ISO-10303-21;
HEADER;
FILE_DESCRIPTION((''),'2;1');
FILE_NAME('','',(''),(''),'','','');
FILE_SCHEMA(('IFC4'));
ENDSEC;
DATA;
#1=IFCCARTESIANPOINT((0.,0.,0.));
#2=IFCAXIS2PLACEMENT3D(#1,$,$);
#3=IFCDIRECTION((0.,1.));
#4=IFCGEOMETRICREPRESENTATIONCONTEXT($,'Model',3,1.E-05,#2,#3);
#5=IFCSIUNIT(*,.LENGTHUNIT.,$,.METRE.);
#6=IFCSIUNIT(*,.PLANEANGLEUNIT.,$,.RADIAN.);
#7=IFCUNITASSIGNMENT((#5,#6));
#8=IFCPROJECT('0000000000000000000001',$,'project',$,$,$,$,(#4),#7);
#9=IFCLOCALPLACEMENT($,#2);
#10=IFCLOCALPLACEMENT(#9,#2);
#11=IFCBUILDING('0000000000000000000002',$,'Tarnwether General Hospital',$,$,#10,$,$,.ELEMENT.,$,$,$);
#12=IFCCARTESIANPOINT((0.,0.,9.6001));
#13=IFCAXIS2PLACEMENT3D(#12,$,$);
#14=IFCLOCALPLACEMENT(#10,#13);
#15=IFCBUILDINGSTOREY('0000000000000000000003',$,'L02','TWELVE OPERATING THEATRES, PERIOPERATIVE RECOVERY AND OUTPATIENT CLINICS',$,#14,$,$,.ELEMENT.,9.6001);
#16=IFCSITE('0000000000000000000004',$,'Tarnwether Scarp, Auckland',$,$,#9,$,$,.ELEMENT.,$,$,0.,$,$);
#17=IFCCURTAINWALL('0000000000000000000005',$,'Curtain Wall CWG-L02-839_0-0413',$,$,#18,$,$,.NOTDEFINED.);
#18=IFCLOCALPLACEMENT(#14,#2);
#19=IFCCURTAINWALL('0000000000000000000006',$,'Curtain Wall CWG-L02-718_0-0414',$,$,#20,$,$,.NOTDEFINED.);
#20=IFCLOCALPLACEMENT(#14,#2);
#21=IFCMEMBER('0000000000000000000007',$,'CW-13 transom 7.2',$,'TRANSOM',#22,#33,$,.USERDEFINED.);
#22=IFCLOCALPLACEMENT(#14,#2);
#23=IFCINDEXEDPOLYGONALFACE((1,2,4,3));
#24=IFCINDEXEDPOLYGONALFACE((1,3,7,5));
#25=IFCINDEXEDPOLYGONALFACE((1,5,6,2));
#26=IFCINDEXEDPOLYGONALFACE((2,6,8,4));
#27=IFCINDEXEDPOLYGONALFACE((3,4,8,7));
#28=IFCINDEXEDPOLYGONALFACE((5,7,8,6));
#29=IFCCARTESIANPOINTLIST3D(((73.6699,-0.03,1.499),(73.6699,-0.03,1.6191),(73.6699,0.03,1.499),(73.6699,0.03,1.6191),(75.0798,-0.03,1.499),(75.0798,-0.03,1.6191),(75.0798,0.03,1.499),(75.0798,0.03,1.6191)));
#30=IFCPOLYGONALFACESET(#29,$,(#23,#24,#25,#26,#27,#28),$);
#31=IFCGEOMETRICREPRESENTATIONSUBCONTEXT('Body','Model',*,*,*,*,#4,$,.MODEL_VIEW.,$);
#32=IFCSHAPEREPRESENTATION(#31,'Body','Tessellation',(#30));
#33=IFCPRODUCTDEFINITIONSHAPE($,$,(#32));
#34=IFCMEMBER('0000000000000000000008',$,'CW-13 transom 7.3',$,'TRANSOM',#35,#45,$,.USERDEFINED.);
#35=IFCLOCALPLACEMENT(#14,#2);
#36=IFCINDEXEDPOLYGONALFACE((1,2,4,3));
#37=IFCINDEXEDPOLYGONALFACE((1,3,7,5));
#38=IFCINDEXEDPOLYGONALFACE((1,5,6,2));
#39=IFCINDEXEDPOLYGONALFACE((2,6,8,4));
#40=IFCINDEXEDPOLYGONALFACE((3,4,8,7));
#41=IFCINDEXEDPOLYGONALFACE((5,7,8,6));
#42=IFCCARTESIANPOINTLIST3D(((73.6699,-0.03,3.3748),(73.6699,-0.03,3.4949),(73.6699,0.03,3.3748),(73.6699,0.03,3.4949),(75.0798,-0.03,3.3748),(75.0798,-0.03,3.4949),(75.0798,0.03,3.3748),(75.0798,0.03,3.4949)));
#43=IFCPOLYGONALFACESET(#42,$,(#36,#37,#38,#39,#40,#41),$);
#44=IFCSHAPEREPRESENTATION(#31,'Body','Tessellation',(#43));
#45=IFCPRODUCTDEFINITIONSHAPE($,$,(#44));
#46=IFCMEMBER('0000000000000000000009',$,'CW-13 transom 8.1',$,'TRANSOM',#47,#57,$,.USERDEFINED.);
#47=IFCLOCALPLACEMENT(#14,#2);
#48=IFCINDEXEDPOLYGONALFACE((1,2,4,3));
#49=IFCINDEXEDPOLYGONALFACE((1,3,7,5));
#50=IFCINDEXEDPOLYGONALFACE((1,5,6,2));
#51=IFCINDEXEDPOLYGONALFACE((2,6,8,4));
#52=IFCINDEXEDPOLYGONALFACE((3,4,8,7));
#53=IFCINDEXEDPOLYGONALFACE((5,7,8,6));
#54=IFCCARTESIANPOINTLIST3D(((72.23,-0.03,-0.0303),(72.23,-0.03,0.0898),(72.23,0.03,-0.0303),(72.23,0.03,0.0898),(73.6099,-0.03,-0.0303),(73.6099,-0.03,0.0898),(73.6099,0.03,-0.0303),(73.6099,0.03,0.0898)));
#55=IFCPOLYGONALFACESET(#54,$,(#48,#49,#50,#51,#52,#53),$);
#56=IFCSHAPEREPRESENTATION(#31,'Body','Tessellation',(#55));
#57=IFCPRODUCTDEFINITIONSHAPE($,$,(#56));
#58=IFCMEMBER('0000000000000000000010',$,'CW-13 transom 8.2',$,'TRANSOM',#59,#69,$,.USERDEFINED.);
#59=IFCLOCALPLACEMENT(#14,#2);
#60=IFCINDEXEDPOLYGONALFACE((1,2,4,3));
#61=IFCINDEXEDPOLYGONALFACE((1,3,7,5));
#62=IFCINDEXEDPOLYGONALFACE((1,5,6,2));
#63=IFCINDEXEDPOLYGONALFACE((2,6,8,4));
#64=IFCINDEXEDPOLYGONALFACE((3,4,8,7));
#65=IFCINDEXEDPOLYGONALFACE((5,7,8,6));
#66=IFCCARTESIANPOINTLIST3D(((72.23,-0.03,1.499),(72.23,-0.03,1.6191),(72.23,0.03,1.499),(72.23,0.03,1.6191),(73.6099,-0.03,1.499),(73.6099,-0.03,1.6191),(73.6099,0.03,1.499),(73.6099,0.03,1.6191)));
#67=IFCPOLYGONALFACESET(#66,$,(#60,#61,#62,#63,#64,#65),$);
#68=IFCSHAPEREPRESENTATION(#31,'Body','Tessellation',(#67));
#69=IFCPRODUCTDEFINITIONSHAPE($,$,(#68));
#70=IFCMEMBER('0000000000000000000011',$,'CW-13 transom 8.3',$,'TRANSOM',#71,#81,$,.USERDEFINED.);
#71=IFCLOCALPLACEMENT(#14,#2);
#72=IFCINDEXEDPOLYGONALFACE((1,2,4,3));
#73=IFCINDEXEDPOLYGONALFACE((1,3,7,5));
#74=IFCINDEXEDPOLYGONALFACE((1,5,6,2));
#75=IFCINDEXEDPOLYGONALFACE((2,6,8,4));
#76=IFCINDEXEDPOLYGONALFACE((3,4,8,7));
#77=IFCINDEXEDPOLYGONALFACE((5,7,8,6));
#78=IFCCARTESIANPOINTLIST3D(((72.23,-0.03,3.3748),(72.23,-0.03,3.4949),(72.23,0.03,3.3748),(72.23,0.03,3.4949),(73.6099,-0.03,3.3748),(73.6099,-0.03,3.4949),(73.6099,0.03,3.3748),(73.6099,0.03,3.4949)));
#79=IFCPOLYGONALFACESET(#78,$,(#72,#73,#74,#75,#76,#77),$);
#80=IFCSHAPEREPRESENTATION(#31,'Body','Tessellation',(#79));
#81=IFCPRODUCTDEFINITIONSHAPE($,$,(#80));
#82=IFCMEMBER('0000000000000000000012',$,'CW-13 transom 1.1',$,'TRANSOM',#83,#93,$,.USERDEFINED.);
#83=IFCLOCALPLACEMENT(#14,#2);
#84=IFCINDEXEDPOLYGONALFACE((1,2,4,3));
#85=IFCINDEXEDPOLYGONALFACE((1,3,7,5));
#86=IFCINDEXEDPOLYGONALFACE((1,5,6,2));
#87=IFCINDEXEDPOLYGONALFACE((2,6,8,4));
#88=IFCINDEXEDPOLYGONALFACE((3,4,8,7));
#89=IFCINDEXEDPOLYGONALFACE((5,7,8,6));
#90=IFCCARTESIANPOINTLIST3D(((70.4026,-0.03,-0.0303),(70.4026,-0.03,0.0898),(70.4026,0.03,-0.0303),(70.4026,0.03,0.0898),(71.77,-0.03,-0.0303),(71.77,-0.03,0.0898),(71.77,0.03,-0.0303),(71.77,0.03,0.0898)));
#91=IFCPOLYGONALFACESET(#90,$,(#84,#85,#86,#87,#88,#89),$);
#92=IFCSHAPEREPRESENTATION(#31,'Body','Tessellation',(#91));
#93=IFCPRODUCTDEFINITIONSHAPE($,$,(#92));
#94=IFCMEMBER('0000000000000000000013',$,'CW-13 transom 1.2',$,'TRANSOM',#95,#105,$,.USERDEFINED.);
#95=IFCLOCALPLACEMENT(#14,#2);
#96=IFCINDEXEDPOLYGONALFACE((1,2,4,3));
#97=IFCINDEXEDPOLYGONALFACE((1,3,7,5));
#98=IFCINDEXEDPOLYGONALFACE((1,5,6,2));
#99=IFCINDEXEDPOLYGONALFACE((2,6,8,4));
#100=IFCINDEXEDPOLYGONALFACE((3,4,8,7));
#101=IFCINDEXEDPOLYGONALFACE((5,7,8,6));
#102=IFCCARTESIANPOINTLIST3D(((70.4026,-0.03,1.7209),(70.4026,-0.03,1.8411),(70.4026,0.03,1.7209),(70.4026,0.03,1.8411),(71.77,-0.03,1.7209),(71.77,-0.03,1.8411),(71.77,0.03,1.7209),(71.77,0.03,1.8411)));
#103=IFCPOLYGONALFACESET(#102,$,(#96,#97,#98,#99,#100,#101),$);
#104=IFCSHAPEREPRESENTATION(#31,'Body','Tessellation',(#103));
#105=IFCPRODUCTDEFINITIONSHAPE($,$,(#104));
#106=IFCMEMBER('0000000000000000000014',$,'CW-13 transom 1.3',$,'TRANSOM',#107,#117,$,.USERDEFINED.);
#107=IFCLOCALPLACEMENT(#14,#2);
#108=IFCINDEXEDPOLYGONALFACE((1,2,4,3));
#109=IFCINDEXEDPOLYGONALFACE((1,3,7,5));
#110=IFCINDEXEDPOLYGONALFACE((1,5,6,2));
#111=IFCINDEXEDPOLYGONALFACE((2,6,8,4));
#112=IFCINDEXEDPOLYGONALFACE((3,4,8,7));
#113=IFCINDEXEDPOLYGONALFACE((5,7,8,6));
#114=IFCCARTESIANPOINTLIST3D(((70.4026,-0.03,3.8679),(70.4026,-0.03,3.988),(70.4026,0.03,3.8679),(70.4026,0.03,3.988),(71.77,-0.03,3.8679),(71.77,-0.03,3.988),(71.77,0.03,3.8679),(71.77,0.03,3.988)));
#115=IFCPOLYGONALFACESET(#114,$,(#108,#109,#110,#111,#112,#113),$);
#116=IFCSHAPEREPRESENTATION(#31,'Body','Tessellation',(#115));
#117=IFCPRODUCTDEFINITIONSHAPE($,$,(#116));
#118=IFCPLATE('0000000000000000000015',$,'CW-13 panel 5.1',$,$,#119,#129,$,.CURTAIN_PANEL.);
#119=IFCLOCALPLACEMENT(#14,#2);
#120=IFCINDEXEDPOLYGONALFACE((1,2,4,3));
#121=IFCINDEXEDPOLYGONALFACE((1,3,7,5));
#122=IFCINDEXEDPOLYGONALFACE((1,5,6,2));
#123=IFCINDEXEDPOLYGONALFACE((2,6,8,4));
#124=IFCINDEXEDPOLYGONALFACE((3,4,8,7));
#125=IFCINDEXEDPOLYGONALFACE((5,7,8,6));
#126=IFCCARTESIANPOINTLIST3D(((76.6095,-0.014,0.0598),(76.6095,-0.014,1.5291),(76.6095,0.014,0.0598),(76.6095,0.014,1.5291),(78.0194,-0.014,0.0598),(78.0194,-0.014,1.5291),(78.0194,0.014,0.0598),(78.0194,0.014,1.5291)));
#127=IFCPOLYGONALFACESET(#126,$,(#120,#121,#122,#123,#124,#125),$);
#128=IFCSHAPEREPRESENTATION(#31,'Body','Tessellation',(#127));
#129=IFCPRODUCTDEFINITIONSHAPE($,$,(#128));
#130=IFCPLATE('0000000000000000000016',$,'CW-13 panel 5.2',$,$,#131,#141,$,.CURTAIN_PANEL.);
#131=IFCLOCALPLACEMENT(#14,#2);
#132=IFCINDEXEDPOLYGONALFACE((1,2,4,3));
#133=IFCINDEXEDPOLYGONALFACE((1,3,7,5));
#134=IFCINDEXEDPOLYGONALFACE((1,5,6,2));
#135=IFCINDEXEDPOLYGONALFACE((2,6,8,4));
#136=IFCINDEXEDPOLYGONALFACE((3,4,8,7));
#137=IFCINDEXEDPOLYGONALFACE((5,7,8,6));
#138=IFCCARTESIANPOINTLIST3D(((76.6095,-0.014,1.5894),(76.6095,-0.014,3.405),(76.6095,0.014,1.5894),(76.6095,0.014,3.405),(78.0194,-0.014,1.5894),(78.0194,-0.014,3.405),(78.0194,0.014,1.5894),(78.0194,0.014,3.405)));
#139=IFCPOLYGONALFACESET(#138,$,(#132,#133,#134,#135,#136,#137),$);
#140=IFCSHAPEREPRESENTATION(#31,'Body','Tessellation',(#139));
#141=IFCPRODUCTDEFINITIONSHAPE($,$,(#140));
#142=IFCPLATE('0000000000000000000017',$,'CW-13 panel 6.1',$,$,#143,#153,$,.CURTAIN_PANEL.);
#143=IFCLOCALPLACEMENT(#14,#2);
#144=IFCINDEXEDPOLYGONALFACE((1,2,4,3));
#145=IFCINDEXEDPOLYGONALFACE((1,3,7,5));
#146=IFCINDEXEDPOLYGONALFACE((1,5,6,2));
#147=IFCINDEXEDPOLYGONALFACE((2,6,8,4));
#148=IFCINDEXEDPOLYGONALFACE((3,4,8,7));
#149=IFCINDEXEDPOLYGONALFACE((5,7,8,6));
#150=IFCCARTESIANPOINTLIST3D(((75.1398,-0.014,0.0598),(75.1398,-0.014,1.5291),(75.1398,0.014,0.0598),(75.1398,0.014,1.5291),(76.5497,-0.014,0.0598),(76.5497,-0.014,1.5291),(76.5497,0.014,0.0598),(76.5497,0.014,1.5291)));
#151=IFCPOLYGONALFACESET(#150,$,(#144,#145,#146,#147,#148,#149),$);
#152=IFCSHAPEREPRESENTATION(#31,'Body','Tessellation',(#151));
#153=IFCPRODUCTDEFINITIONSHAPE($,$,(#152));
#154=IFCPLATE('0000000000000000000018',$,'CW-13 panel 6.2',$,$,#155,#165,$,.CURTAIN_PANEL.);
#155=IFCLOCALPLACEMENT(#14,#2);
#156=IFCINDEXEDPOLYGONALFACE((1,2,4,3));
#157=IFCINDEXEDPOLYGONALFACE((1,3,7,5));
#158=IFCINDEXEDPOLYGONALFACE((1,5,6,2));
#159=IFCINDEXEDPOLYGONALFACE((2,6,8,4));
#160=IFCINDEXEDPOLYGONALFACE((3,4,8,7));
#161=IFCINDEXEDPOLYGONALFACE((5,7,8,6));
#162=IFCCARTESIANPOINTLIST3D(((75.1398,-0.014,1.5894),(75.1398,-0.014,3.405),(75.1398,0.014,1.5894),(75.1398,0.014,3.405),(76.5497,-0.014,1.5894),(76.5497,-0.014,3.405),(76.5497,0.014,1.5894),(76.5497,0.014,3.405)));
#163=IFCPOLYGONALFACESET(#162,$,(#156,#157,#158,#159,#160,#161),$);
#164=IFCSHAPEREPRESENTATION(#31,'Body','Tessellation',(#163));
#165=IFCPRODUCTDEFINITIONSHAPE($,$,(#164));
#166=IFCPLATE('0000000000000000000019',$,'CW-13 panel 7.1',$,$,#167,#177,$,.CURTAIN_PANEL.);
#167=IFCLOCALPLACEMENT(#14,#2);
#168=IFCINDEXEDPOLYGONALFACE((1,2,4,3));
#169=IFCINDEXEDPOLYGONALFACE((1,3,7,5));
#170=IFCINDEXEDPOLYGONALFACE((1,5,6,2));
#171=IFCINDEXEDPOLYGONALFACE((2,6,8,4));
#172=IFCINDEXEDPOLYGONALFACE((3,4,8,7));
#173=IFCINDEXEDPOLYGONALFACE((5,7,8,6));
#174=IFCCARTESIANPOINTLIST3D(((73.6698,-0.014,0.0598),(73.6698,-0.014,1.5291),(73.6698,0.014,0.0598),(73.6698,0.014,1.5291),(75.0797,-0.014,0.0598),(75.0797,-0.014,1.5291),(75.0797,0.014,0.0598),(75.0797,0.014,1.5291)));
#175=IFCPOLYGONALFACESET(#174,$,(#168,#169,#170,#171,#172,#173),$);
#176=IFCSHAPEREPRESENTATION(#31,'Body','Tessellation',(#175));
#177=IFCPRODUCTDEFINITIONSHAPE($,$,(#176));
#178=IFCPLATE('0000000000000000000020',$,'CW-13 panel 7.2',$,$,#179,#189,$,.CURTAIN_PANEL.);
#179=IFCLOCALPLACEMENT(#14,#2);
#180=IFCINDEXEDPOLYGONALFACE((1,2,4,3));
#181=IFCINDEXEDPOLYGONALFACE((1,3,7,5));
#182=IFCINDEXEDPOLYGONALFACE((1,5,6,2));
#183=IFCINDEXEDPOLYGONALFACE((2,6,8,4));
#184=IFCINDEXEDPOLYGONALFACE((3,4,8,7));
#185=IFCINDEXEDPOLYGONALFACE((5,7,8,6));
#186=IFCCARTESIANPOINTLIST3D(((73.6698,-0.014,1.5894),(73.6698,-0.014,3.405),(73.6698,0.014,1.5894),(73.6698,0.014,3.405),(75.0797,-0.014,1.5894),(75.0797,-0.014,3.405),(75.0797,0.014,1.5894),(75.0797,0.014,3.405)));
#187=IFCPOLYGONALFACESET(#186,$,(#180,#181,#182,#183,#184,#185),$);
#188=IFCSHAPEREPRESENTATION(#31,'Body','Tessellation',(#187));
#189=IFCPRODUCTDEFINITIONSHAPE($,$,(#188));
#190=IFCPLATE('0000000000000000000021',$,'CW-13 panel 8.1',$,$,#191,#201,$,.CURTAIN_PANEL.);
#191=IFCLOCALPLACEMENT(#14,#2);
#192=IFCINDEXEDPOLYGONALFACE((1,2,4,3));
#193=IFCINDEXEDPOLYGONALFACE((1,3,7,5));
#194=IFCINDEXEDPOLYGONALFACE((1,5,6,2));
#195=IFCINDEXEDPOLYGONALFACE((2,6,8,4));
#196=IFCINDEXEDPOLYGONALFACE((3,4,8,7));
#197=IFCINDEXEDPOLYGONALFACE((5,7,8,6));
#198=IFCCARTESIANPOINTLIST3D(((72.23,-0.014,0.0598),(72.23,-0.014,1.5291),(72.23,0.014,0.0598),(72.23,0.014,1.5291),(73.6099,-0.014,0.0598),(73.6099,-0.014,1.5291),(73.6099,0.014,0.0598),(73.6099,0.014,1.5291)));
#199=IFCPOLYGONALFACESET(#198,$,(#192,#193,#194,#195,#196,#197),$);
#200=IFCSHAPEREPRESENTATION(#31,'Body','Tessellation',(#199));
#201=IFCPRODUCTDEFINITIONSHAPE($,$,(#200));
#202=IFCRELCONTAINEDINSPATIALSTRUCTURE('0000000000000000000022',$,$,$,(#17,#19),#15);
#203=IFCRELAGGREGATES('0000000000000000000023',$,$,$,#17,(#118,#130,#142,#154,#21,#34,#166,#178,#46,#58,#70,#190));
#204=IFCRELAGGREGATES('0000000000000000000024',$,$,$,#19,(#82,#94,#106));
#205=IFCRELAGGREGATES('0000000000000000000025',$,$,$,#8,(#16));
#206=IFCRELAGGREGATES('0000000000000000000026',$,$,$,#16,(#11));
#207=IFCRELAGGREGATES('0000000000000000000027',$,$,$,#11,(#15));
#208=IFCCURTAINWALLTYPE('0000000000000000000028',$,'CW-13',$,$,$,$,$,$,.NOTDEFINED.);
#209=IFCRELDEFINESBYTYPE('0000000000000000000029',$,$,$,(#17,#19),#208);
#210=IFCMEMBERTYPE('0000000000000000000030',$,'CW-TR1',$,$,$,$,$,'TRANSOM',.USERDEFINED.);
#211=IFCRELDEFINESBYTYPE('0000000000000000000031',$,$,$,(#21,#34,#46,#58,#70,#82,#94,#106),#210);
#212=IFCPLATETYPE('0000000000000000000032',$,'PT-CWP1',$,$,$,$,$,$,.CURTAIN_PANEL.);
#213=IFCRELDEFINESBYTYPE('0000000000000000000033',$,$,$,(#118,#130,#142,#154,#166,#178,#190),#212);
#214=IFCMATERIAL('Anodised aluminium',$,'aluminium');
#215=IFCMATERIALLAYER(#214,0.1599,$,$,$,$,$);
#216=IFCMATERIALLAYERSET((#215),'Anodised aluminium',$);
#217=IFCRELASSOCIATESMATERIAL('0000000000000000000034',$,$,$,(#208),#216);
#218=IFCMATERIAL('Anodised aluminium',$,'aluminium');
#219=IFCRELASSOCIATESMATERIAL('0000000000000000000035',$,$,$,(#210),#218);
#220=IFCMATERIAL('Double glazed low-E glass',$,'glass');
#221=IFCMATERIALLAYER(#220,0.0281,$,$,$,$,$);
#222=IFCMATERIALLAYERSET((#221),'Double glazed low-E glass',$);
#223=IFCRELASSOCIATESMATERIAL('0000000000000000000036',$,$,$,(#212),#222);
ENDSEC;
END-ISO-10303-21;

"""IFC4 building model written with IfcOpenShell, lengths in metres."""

from ifc_helpers import new_model, si_unit, direction, frame, origin, origin_2d, place, context, subcontext, project, spatial, rectangle, extrude, material, layer, layer_set, material_profile, profile_set, type_object, element, aggregate, save


model = new_model("IFC4")

# Units and contexts
model_context = context("Model", 3, precision=1e-05, world=origin(), true_north=direction((0.0, 1.0)))
body_context = subcontext(model_context, "Body", "Model", "MODEL_VIEW")
ifc_project = project(units=[si_unit("LENGTHUNIT", "METRE"), si_unit("PLANEANGLEUNIT", "RADIAN")], contexts=[model_context])

# Site, building, storey
site_placement = place(None, origin())
site = spatial("IfcSite", under=ifc_project, at=site_placement, Name="Tarnwether Scarp, Auckland", CompositionType="ELEMENT", RefElevation=0.0)
building_placement = place(site_placement, origin())
building = spatial("IfcBuilding", under=site, at=building_placement, Name="Tarnwether General Hospital", CompositionType="ELEMENT")
storey_placement = place(building_placement, frame((0.0, 0.0, 9.6001)))
storey = spatial("IfcBuildingStorey", under=building, at=storey_placement, Name="L02", Description="TWELVE OPERATING THEATRES, PERIOPERATIVE RECOVERY AND OUTPATIENT CLINICS", CompositionType="ELEMENT", Elevation=9.6001)

# Curtain wall
ifc_material_1 = material(Name="Anodised aluminium", Category="aluminium")
ifc_layer_1 = layer(ifc_material_1, 0.1599)
ifc_layer_set_1 = layer_set([ifc_layer_1], Name="Anodised aluminium")
curtain_wall_type = type_object("IfcCurtainWallType", Name="CW-13", PredefinedType="NOTDEFINED", material=ifc_layer_set_1)
curtain_wall_1_placement = place(storey_placement, origin())
curtain_wall_1 = element("IfcCurtainWall", 1, at=curtain_wall_1_placement, inside=storey, type_object=curtain_wall_type, Name="Curtain Wall CWG-L02-839_0-0413", PredefinedType="NOTDEFINED")

# Curtain wall
curtain_wall_2_placement = place(storey_placement, origin())
curtain_wall_2 = element("IfcCurtainWall", 2, at=curtain_wall_2_placement, inside=storey, type_object=curtain_wall_type, Name="Curtain Wall CWG-L02-718_0-0414", PredefinedType="NOTDEFINED")

# Members
ifc_material_2 = material(Name="Anodised aluminium", Category="aluminium")
ifc_material_profile_1 = material_profile(ifc_material_2, rectangle(XDim=0.0601, YDim=0.1201, at=origin_2d()), Name="ALU-TRN-60x120")
ifc_profile_set_1 = profile_set([ifc_material_profile_1], Name="Anodised aluminium")
member_type_1 = type_object("IfcMemberType", Name="CW-TR1", ElementType="TRANSOM", PredefinedType="USERDEFINED", material=ifc_profile_set_1)
member_1_placement = place(storey_placement, frame((75.0798, 0.0, 1.5591), z_axis=(-1.0, 0.0, 0.0), x_axis=(0.0, -1.0, 0.0)))
member_1 = element("IfcMember", 3, at=member_1_placement, type_object=member_type_1, Name="CW-13 transom 7.2", ObjectType="TRANSOM", PredefinedType="USERDEFINED", context=body_context, shape_type="SweptSolid", body=[
    extrude(rectangle(XDim=0.0601, YDim=0.1201, at=origin_2d()), origin(), (0.0, 0.0, 1.0), 1.4099),
])
member_2_placement = place(storey_placement, frame((75.0798, 0.0, 3.4348), z_axis=(-1.0, 0.0, 0.0), x_axis=(0.0, -1.0, 0.0)))
member_2 = element("IfcMember", 4, at=member_2_placement, type_object=member_type_1, Name="CW-13 transom 7.3", ObjectType="TRANSOM", PredefinedType="USERDEFINED", context=body_context, shape_type="SweptSolid", body=[
    extrude(rectangle(XDim=0.0601, YDim=0.1201, at=origin_2d()), origin(), (0.0, 0.0, 1.0), 1.4099),
])
member_3_placement = place(storey_placement, frame((73.6099, 0.0, 0.0298), z_axis=(-1.0, 0.0, 0.0), x_axis=(0.0, -1.0, 0.0)))
member_3 = element("IfcMember", 5, at=member_3_placement, type_object=member_type_1, Name="CW-13 transom 8.1", ObjectType="TRANSOM", PredefinedType="USERDEFINED", context=body_context, shape_type="SweptSolid", body=[
    extrude(rectangle(XDim=0.0601, YDim=0.1201, at=origin_2d()), origin(), (0.0, 0.0, 1.0), 1.3799),
])
member_4_placement = place(storey_placement, frame((73.6099, 0.0, 1.5591), z_axis=(-1.0, 0.0, 0.0), x_axis=(0.0, -1.0, 0.0)))
member_4 = element("IfcMember", 6, at=member_4_placement, type_object=member_type_1, Name="CW-13 transom 8.2", ObjectType="TRANSOM", PredefinedType="USERDEFINED", context=body_context, shape_type="SweptSolid", body=[
    extrude(rectangle(XDim=0.0601, YDim=0.1201, at=origin_2d()), origin(), (0.0, 0.0, 1.0), 1.3799),
])
member_5_placement = place(storey_placement, frame((73.6099, 0.0, 3.4348), z_axis=(-1.0, 0.0, 0.0), x_axis=(0.0, -1.0, 0.0)))
member_5 = element("IfcMember", 7, at=member_5_placement, type_object=member_type_1, Name="CW-13 transom 8.3", ObjectType="TRANSOM", PredefinedType="USERDEFINED", context=body_context, shape_type="SweptSolid", body=[
    extrude(rectangle(XDim=0.0601, YDim=0.1201, at=origin_2d()), origin(), (0.0, 0.0, 1.0), 1.3799),
])
member_6_placement = place(storey_placement, frame((71.77, 0.0, 0.0298), z_axis=(-1.0, 0.0, 0.0), x_axis=(0.0, -1.0, 0.0)))
member_6 = element("IfcMember", 8, at=member_6_placement, type_object=member_type_1, Name="CW-13 transom 1.1", ObjectType="TRANSOM", PredefinedType="USERDEFINED", context=body_context, shape_type="SweptSolid", body=[
    extrude(rectangle(XDim=0.0601, YDim=0.1201, at=origin_2d()), origin(), (0.0, 0.0, 1.0), 1.3674),
])
member_7_placement = place(storey_placement, frame((71.77, 0.0, 1.781), z_axis=(-1.0, 0.0, 0.0), x_axis=(0.0, -1.0, 0.0)))
member_7 = element("IfcMember", 9, at=member_7_placement, type_object=member_type_1, Name="CW-13 transom 1.2", ObjectType="TRANSOM", PredefinedType="USERDEFINED", context=body_context, shape_type="SweptSolid", body=[
    extrude(rectangle(XDim=0.0601, YDim=0.1201, at=origin_2d()), origin(), (0.0, 0.0, 1.0), 1.3674),
])
member_8_placement = place(storey_placement, frame((71.77, 0.0, 3.928), z_axis=(-1.0, 0.0, 0.0), x_axis=(0.0, -1.0, 0.0)))
member_8 = element("IfcMember", 10, at=member_8_placement, type_object=member_type_1, Name="CW-13 transom 1.3", ObjectType="TRANSOM", PredefinedType="USERDEFINED", context=body_context, shape_type="SweptSolid", body=[
    extrude(rectangle(XDim=0.0601, YDim=0.1201, at=origin_2d()), origin(), (0.0, 0.0, 1.0), 1.3674),
])

# Plates
ifc_material_3 = material(Name="Double glazed low-E glass", Category="glass")
ifc_layer_2 = layer(ifc_material_3, 0.0281)
ifc_layer_set_2 = layer_set([ifc_layer_2], Name="Double glazed low-E glass")
plate_type_1 = type_object("IfcPlateType", Name="PT-CWP1", PredefinedType="CURTAIN_PANEL", material=ifc_layer_set_2)
plate_1_placement = place(storey_placement, frame((77.3145, 0.0, 0.0598), z_axis=(0.0, 0.0, 1.0), x_axis=(-1.0, 0.0, 0.0)))
plate_1 = element("IfcPlate", 11, at=plate_1_placement, type_object=plate_type_1, Name="CW-13 panel 5.1", PredefinedType="CURTAIN_PANEL", context=body_context, shape_type="SweptSolid", body=[
    extrude(rectangle(XDim=1.4099, YDim=0.0281, at=origin_2d()), origin(), (0.0, 0.0, 1.0), 1.4692),
])
plate_2_placement = place(storey_placement, frame((77.3145, 0.0, 1.5894), z_axis=(0.0, 0.0, 1.0), x_axis=(-1.0, 0.0, 0.0)))
plate_2 = element("IfcPlate", 12, at=plate_2_placement, type_object=plate_type_1, Name="CW-13 panel 5.2", PredefinedType="CURTAIN_PANEL", context=body_context, shape_type="SweptSolid", body=[
    extrude(rectangle(XDim=1.4099, YDim=0.0281, at=origin_2d()), origin(), (0.0, 0.0, 1.0), 1.8157),
])
plate_3_placement = place(storey_placement, frame((75.8447, 0.0, 0.0598), z_axis=(0.0, 0.0, 1.0), x_axis=(-1.0, 0.0, 0.0)))
plate_3 = element("IfcPlate", 13, at=plate_3_placement, type_object=plate_type_1, Name="CW-13 panel 6.1", PredefinedType="CURTAIN_PANEL", context=body_context, shape_type="SweptSolid", body=[
    extrude(rectangle(XDim=1.4099, YDim=0.0281, at=origin_2d()), origin(), (0.0, 0.0, 1.0), 1.4692),
])
plate_4_placement = place(storey_placement, frame((75.8447, 0.0, 1.5894), z_axis=(0.0, 0.0, 1.0), x_axis=(-1.0, 0.0, 0.0)))
plate_4 = element("IfcPlate", 14, at=plate_4_placement, type_object=plate_type_1, Name="CW-13 panel 6.2", PredefinedType="CURTAIN_PANEL", context=body_context, shape_type="SweptSolid", body=[
    extrude(rectangle(XDim=1.4099, YDim=0.0281, at=origin_2d()), origin(), (0.0, 0.0, 1.0), 1.8157),
])
plate_5_placement = place(storey_placement, frame((74.3748, 0.0, 0.0598), z_axis=(0.0, 0.0, 1.0), x_axis=(-1.0, 0.0, 0.0)))
plate_5 = element("IfcPlate", 15, at=plate_5_placement, type_object=plate_type_1, Name="CW-13 panel 7.1", PredefinedType="CURTAIN_PANEL", context=body_context, shape_type="SweptSolid", body=[
    extrude(rectangle(XDim=1.4099, YDim=0.0281, at=origin_2d()), origin(), (0.0, 0.0, 1.0), 1.4692),
])
plate_6_placement = place(storey_placement, frame((74.3748, 0.0, 1.5894), z_axis=(0.0, 0.0, 1.0), x_axis=(-1.0, 0.0, 0.0)))
plate_6 = element("IfcPlate", 16, at=plate_6_placement, type_object=plate_type_1, Name="CW-13 panel 7.2", PredefinedType="CURTAIN_PANEL", context=body_context, shape_type="SweptSolid", body=[
    extrude(rectangle(XDim=1.4099, YDim=0.0281, at=origin_2d()), origin(), (0.0, 0.0, 1.0), 1.8157),
])
plate_7_placement = place(storey_placement, frame((72.9199, 0.0, 0.0598), z_axis=(0.0, 0.0, 1.0), x_axis=(-1.0, 0.0, 0.0)))
plate_7 = element("IfcPlate", 17, at=plate_7_placement, type_object=plate_type_1, Name="CW-13 panel 8.1", PredefinedType="CURTAIN_PANEL", context=body_context, shape_type="SweptSolid", body=[
    extrude(rectangle(XDim=1.3799, YDim=0.0281, at=origin_2d()), origin(), (0.0, 0.0, 1.0), 1.4692),
])
aggregate(curtain_wall_1, [plate_1, plate_2, plate_3, plate_4, member_1, member_2, plate_5, plate_6, member_3, member_4, member_5, plate_7])
aggregate(curtain_wall_2, [member_6, member_7, member_8])

save(model, "model.ifc")
